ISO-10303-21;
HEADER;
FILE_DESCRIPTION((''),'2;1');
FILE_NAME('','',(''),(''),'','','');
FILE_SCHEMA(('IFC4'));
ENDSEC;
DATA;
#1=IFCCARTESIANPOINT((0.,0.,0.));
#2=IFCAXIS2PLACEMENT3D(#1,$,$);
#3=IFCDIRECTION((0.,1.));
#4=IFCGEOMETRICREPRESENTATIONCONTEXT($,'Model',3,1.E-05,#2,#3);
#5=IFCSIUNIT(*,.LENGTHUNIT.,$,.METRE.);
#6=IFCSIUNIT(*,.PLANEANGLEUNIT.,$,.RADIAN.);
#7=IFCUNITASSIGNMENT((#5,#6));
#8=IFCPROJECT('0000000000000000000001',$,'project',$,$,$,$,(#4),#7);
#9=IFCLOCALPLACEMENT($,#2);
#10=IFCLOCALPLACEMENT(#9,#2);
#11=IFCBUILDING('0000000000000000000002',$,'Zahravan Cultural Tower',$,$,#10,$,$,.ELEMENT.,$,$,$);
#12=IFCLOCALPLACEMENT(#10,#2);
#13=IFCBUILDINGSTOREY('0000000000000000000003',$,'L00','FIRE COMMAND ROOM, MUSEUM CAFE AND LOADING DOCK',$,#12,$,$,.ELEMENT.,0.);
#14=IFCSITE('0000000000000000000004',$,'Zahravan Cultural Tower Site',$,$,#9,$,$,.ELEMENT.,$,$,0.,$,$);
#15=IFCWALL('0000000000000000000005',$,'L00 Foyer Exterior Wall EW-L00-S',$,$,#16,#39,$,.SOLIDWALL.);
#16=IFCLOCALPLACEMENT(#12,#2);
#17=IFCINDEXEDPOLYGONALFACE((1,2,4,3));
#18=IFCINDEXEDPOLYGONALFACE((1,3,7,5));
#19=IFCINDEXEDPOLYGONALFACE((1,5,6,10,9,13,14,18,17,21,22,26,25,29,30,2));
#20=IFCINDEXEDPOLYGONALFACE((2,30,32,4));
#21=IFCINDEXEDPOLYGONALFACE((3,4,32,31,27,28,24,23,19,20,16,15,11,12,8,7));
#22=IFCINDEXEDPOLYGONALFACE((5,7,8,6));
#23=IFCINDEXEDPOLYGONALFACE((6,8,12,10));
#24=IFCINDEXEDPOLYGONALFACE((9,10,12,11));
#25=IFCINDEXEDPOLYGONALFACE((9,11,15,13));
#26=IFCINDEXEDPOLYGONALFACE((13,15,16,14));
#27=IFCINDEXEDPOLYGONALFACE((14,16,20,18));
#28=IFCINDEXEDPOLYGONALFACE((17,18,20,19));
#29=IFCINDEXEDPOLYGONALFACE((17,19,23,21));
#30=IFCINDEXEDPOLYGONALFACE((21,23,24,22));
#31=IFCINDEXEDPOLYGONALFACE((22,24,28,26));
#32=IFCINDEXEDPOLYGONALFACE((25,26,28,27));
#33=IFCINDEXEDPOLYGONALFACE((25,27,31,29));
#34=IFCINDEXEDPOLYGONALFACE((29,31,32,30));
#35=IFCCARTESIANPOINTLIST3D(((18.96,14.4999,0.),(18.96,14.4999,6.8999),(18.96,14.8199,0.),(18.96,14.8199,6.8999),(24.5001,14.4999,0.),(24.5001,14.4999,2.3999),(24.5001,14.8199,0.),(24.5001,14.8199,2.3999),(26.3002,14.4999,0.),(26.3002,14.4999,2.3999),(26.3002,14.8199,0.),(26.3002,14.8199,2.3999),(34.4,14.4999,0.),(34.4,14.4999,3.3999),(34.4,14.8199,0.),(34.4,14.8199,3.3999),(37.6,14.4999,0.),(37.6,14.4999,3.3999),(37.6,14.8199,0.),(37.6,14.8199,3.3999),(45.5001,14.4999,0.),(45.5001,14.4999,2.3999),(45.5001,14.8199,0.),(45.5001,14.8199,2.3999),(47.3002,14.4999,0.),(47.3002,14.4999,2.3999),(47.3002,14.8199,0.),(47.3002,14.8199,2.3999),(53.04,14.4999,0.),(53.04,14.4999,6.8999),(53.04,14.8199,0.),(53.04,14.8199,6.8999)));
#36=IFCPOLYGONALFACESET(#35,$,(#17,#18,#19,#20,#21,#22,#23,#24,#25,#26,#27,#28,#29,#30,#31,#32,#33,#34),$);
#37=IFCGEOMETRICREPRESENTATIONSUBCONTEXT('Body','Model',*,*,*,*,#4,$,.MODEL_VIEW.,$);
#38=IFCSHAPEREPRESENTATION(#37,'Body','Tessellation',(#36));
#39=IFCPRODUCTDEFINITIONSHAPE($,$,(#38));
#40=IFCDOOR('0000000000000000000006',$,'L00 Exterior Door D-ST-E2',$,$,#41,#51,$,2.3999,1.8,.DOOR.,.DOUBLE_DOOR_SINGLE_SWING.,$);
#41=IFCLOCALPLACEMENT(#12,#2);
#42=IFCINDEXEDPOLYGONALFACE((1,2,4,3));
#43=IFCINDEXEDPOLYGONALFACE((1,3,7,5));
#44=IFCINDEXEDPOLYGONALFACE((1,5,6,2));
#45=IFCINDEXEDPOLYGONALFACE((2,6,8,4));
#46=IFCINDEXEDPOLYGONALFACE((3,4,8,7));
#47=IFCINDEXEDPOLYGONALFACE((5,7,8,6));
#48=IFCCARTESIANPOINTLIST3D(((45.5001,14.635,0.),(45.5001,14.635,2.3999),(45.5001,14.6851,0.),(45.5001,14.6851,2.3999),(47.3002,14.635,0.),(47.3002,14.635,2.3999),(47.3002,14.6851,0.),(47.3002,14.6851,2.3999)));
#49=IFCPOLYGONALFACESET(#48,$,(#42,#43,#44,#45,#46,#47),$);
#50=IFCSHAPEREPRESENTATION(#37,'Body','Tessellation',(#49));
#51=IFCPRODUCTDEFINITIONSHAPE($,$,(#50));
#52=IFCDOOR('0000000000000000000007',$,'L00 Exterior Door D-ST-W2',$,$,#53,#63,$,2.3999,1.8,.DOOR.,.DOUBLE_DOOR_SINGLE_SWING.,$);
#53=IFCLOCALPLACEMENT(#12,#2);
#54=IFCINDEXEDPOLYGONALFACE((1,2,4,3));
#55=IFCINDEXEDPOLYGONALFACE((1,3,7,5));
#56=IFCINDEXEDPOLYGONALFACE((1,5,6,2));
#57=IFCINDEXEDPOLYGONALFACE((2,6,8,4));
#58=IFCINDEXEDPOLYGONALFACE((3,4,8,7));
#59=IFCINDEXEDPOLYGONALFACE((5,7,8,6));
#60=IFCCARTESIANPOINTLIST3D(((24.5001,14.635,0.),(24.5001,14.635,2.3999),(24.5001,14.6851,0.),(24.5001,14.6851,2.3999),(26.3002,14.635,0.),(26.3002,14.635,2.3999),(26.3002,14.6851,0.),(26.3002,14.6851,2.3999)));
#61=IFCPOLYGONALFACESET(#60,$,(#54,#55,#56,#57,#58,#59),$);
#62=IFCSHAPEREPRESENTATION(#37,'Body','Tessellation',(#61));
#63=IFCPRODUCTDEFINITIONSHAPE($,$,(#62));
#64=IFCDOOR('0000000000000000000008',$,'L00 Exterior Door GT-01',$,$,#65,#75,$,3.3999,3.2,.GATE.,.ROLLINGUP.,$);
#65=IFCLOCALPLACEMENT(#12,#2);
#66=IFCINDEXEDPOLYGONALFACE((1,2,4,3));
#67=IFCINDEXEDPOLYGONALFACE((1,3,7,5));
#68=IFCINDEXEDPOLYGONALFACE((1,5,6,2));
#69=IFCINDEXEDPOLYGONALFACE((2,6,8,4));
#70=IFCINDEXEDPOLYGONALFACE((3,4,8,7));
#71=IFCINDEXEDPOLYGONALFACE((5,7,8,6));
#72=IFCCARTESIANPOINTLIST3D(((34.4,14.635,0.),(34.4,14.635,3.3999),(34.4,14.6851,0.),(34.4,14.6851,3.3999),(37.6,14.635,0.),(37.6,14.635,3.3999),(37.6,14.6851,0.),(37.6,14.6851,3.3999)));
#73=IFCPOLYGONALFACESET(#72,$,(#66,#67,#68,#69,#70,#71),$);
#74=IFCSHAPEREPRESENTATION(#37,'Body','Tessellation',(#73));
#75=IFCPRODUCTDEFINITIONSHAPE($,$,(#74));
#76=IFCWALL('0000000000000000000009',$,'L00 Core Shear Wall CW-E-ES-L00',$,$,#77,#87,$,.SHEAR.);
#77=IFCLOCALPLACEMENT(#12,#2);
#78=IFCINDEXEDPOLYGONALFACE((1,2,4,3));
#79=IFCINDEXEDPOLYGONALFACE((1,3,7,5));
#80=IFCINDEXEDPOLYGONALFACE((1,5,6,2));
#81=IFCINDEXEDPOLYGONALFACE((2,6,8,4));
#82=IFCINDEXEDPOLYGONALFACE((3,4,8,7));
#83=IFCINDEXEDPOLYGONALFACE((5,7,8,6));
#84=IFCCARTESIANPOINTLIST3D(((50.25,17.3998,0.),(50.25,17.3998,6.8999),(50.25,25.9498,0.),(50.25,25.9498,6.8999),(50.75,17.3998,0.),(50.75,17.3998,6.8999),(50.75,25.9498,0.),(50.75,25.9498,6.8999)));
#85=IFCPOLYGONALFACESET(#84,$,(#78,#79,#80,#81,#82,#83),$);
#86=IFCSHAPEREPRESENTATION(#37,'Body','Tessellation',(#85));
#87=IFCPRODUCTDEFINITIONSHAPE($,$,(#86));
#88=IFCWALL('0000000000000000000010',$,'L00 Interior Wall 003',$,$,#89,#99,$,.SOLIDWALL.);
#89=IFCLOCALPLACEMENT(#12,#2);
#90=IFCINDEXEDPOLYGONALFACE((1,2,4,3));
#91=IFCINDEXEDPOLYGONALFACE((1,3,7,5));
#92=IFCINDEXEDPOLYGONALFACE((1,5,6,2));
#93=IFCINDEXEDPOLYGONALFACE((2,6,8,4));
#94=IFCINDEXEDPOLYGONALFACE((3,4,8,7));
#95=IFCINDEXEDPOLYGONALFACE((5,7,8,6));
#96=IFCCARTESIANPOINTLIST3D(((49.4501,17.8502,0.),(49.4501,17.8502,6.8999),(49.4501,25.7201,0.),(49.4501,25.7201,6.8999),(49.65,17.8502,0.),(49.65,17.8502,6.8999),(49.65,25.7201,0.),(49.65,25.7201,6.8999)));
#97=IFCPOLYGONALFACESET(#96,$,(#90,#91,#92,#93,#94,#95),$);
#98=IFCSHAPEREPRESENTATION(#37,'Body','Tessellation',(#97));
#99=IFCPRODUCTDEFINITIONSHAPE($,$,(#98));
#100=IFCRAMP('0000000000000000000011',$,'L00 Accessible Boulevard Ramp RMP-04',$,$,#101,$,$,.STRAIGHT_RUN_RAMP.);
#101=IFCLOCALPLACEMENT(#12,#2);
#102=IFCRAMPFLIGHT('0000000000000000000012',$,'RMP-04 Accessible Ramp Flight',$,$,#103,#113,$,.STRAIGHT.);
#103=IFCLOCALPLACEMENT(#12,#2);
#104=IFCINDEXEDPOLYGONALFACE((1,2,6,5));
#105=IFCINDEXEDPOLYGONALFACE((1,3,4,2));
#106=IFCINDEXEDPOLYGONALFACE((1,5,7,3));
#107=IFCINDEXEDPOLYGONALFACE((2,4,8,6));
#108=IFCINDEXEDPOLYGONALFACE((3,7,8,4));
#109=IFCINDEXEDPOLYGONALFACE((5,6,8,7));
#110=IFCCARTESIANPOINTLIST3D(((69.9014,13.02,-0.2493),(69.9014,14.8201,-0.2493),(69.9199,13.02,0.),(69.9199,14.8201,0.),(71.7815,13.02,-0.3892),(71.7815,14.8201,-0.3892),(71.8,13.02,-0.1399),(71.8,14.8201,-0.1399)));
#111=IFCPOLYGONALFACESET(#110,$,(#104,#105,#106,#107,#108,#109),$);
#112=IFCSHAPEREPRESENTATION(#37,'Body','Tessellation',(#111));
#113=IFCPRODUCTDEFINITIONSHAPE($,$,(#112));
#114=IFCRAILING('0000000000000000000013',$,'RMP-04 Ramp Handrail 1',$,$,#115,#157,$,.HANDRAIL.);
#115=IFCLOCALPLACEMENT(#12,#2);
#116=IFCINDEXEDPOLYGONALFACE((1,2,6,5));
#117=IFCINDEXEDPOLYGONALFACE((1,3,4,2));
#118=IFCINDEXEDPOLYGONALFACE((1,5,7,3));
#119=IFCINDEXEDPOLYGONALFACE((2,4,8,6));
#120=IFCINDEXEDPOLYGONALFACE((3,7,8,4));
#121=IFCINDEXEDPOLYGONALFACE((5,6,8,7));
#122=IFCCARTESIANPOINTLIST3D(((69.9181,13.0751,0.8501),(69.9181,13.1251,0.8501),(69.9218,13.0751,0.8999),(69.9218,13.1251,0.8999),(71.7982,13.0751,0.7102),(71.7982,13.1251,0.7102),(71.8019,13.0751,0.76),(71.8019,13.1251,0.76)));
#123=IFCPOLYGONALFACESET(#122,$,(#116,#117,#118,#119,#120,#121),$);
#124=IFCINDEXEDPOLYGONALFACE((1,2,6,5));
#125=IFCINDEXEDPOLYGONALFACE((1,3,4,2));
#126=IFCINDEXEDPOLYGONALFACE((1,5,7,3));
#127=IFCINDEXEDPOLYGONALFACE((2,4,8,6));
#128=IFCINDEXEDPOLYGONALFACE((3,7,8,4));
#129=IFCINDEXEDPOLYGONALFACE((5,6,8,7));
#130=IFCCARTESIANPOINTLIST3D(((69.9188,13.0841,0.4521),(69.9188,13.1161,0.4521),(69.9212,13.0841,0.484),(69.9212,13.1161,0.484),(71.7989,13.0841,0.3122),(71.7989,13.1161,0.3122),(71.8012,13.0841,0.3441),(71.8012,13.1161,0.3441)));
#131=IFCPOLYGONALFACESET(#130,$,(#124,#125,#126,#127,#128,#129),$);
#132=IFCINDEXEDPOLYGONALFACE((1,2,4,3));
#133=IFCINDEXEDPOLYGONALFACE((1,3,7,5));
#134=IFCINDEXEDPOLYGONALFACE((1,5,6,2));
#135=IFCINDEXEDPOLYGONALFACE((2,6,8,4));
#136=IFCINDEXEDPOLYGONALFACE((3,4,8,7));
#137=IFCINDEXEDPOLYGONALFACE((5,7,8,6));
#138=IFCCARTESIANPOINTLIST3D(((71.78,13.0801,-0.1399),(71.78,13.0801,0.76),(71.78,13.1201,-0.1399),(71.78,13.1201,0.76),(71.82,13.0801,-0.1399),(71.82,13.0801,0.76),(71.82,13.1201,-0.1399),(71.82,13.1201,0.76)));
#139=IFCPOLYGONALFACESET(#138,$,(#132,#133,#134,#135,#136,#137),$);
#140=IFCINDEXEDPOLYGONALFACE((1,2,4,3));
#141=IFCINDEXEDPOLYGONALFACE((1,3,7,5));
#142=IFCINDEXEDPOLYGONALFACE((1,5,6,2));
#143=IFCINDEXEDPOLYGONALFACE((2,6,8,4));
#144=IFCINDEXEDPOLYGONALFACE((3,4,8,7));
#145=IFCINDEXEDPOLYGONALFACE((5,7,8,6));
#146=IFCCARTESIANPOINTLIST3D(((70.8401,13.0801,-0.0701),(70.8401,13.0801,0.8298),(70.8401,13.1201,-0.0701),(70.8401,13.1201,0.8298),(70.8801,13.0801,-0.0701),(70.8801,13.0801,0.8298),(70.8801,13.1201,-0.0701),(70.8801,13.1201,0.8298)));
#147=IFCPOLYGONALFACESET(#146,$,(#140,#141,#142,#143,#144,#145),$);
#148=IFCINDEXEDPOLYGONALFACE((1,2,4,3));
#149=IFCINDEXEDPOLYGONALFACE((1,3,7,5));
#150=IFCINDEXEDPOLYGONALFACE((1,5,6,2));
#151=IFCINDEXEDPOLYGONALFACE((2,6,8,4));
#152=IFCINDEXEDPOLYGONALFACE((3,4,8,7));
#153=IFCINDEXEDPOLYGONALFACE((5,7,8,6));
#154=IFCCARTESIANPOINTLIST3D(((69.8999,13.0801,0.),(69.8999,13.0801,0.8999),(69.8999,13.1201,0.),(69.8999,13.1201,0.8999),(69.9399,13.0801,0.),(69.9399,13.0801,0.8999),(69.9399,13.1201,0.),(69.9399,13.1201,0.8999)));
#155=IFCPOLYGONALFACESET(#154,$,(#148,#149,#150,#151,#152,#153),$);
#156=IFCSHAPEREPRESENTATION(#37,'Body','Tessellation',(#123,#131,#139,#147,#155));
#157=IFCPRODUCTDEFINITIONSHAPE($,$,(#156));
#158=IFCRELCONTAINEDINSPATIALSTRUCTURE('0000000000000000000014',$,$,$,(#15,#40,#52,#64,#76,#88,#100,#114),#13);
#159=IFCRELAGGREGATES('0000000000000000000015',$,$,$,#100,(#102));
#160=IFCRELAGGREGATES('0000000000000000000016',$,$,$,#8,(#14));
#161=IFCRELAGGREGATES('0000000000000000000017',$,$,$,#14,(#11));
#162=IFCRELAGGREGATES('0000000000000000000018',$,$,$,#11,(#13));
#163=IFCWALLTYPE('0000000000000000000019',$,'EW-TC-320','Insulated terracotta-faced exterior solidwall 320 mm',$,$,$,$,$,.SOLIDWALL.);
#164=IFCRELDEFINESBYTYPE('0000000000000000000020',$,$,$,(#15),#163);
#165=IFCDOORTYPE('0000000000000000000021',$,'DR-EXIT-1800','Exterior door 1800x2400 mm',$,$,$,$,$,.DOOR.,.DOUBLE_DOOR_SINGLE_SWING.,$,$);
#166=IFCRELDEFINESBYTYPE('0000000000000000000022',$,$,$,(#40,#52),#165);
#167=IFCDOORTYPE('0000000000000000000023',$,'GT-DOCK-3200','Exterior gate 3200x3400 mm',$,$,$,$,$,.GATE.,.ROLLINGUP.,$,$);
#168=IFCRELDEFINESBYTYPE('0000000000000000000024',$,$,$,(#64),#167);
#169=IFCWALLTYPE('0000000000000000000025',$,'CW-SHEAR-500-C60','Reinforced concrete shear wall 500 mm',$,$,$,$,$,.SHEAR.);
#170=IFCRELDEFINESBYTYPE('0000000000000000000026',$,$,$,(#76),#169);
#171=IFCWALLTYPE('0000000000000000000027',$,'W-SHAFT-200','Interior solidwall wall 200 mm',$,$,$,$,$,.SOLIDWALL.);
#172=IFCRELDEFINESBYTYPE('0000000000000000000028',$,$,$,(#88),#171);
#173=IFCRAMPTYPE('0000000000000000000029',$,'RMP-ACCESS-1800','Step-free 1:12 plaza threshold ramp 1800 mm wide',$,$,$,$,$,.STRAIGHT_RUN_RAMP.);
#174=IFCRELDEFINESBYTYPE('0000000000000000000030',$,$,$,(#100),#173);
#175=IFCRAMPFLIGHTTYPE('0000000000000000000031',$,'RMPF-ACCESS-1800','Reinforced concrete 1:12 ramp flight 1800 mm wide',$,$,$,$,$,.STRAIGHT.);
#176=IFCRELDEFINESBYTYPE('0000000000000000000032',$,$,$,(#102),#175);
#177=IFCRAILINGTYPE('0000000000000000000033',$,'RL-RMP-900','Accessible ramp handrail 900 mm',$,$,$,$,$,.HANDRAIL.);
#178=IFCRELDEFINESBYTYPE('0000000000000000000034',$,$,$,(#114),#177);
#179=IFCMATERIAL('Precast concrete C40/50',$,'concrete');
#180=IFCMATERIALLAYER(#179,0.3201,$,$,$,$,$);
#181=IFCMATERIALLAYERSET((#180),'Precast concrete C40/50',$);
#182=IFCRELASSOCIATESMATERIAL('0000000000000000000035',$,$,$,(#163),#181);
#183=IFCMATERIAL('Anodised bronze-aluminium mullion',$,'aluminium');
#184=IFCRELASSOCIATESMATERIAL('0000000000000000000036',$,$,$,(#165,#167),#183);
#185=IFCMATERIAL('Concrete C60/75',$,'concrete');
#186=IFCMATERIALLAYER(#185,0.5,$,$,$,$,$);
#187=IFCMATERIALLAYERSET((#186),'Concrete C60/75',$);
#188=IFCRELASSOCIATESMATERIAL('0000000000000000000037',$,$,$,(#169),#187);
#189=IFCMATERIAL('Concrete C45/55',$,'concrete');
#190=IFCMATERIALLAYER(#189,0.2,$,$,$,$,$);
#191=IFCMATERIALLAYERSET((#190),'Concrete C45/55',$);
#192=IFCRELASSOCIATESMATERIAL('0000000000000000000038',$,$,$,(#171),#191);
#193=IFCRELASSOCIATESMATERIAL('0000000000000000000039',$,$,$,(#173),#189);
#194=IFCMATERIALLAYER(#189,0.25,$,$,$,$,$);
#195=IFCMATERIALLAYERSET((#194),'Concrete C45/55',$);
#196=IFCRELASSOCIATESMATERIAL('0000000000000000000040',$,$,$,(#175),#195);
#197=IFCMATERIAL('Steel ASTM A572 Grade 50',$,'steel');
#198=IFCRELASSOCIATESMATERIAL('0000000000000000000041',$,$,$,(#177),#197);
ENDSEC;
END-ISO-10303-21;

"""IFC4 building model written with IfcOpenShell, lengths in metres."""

from ifc_helpers import new_model, si_unit, direction, frame, frame_2d, origin, origin_2d, place, context, subcontext, project, spatial, polyline, rectangle, outline, extrude, source, transform, mapped, material, layer, layer_set, type_object, element, fill, aggregate, save


model = new_model("IFC4")

# Units and contexts
model_context = context("Model", 3, precision=1e-05, world=origin(), true_north=direction((0.0, 1.0)))
body_context = subcontext(model_context, "Body", "Model", "MODEL_VIEW")
ifc_project = project(units=[si_unit("LENGTHUNIT", "METRE"), si_unit("PLANEANGLEUNIT", "RADIAN")], contexts=[model_context])

# Site, building, storey
site_placement = place(None, origin())
site = spatial("IfcSite", under=ifc_project, at=site_placement, Name="Zahravan Cultural Tower Site", CompositionType="ELEMENT", RefElevation=0.0)
building_placement = place(site_placement, origin())
building = spatial("IfcBuilding", under=site, at=building_placement, Name="Zahravan Cultural Tower", CompositionType="ELEMENT")
storey_placement = place(building_placement, origin())
storey = spatial("IfcBuildingStorey", under=building, at=storey_placement, Name="L00", Description="FIRE COMMAND ROOM, MUSEUM CAFE AND LOADING DOCK", CompositionType="ELEMENT", Elevation=0.0)

# Shared definitions
ifc_material_1 = material(Name="Concrete C60/75", Category="concrete")
ifc_material_2 = material(Name="Steel ASTM A572 Grade 50", Category="steel")

# Wall, openings, doors
ifc_material_3 = material(Name="Precast concrete C40/50", Category="concrete")
ifc_layer_1 = layer(ifc_material_3, 0.3201)
ifc_layer_set_1 = layer_set([ifc_layer_1], Name="Precast concrete C40/50")
wall_type_1 = type_object("IfcWallType", Name="EW-TC-320", Description="Insulated terracotta-faced exterior solidwall 320 mm", PredefinedType="SOLIDWALL", material=ifc_layer_set_1)
wall_1_placement = place(storey_placement, frame((53.04, 14.6599, 0.0), z_axis=(0.0, 0.0, 1.0), x_axis=(-1.0, 0.0, 0.0)))
wall_1 = element("IfcWall", 1, at=wall_1_placement, inside=storey, type_object=wall_type_1, Name="L00 Foyer Exterior Wall EW-L00-S", PredefinedType="SOLIDWALL", context=body_context, shape_type="SweptSolid", body=[
    extrude(rectangle(XDim=34.0801, YDim=0.3201, at=frame_2d((17.04, 0.0))), origin(), (0.0, 0.0, 1.0), 6.8999),
])
opening_1_placement = place(wall_1_placement, frame((5.74, 0.0, 0.0)))
opening_1 = element("IfcOpeningElement", 2, at=opening_1_placement, cuts=wall_1, PredefinedType="OPENING", context=body_context, shape_type="SweptSolid", body=[
    extrude(rectangle(XDim=1.8, YDim=2.3999, at=frame_2d((0.8999, 1.2))), frame((0.0, 0.1699, 0.0), z_axis=(0.0, -1.0, 0.0), x_axis=(1.0, 0.0, 0.0)), (0.0, 0.0, 1.0), 0.3401),
])
opening_2_placement = place(wall_1_placement, frame((15.4399, 0.0, 0.0)))
opening_2 = element("IfcOpeningElement", 3, at=opening_2_placement, cuts=wall_1, PredefinedType="OPENING", context=body_context, shape_type="SweptSolid", body=[
    extrude(rectangle(XDim=3.2, YDim=3.3999, at=frame_2d((1.6001, 1.7))), frame((0.0, 0.1699, 0.0), z_axis=(0.0, -1.0, 0.0), x_axis=(1.0, 0.0, 0.0)), (0.0, 0.0, 1.0), 0.3401),
])
opening_3_placement = place(wall_1_placement, frame((26.74, 0.0, 0.0)))
opening_3 = element("IfcOpeningElement", 4, at=opening_3_placement, cuts=wall_1, PredefinedType="OPENING", context=body_context, shape_type="SweptSolid", body=[
    extrude(rectangle(XDim=1.8, YDim=2.3999, at=frame_2d((0.8999, 1.2))), frame((0.0, 0.1699, 0.0), z_axis=(0.0, -1.0, 0.0), x_axis=(1.0, 0.0, 0.0)), (0.0, 0.0, 1.0), 0.3401),
])
ifc_material_4 = material(Name="Anodised bronze-aluminium mullion", Category="aluminium")
door_type_1 = type_object("IfcDoorType", Name="DR-EXIT-1800", Description="Exterior door 1800x2400 mm", OperationType="DOUBLE_DOOR_SINGLE_SWING", PredefinedType="DOOR", material=ifc_material_4)
shared_shape_1 = source(origin(), body_context, "Body", "SweptSolid", [
    extrude(rectangle(XDim=1.8, YDim=2.3999, at=frame_2d((0.8999, 1.2))), frame((0.0, 0.0249, 0.0), z_axis=(0.0, -1.0, 0.0), x_axis=(1.0, 0.0, 0.0)), (0.0, 0.0, 1.0), 0.05),
])
door_1_placement = place(opening_1_placement, origin())
door_1 = element("IfcDoor", 5, at=door_1_placement, inside=storey, type_object=door_type_1, Name="L00 Exterior Door D-ST-E2", OperationType="DOUBLE_DOOR_SINGLE_SWING", OverallHeight=2.3999, OverallWidth=1.8, PredefinedType="DOOR", context=body_context, shape_type="MappedRepresentation", body=[
    mapped(shared_shape_1, transform((0.0, 0.0, 0.0), x_axis=(1.0, 0.0, 0.0), y_axis=(0.0, 1.0, 0.0), z_axis=(0.0, 0.0, 1.0), scale=1.0)),
])
fill(opening_1, door_1)
door_2_placement = place(opening_3_placement, origin())
door_2 = element("IfcDoor", 6, at=door_2_placement, inside=storey, type_object=door_type_1, Name="L00 Exterior Door D-ST-W2", OperationType="DOUBLE_DOOR_SINGLE_SWING", OverallHeight=2.3999, OverallWidth=1.8, PredefinedType="DOOR", context=body_context, shape_type="MappedRepresentation", body=[
    mapped(shared_shape_1, transform((0.0, 0.0, 0.0), x_axis=(1.0, 0.0, 0.0), y_axis=(0.0, 1.0, 0.0), z_axis=(0.0, 0.0, 1.0), scale=1.0)),
])
fill(opening_3, door_2)
door_type_2 = type_object("IfcDoorType", Name="GT-DOCK-3200", Description="Exterior gate 3200x3400 mm", OperationType="ROLLINGUP", PredefinedType="GATE", material=ifc_material_4)
shared_shape_2 = source(origin(), body_context, "Body", "SweptSolid", [
    extrude(rectangle(XDim=3.2, YDim=3.3999, at=frame_2d((1.6001, 1.7))), frame((0.0, 0.0249, 0.0), z_axis=(0.0, -1.0, 0.0), x_axis=(1.0, 0.0, 0.0)), (0.0, 0.0, 1.0), 0.05),
])
door_3_placement = place(opening_2_placement, origin())
door_3 = element("IfcDoor", 7, at=door_3_placement, inside=storey, type_object=door_type_2, Name="L00 Exterior Door GT-01", OperationType="ROLLINGUP", OverallHeight=3.3999, OverallWidth=3.2, PredefinedType="GATE", context=body_context, shape_type="MappedRepresentation", body=[
    mapped(shared_shape_2, transform((0.0, 0.0, 0.0), x_axis=(1.0, 0.0, 0.0), y_axis=(0.0, 1.0, 0.0), z_axis=(0.0, 0.0, 1.0), scale=1.0)),
])
fill(opening_2, door_3)

# Walls
ifc_layer_2 = layer(ifc_material_1, 0.5)
ifc_layer_set_2 = layer_set([ifc_layer_2], Name="Concrete C60/75")
wall_type_2 = type_object("IfcWallType", Name="CW-SHEAR-500-C60", Description="Reinforced concrete shear wall 500 mm", PredefinedType="SHEAR", material=ifc_layer_set_2)
shared_shape_3 = source(origin(), body_context, "Body", "SweptSolid", [
    extrude(rectangle(XDim=8.55, YDim=0.5, at=frame_2d((4.2749, 0.0))), origin(), (0.0, 0.0, 1.0), 6.8999),
])
wall_2_placement = place(storey_placement, frame((50.5, 17.3999, 0.0), z_axis=(0.0, 0.0, 1.0), x_axis=(0.0, 1.0, 0.0)))
element("IfcWall", 8, at=wall_2_placement, inside=storey, type_object=wall_type_2, Name="L00 Core Shear Wall CW-E-ES-L00", PredefinedType="SHEAR", context=body_context, shape_type="MappedRepresentation", body=[
    mapped(shared_shape_3, transform((0.0, 0.0, 0.0), x_axis=(1.0, 0.0, 0.0), y_axis=(0.0, 1.0, 0.0), z_axis=(0.0, 0.0, 1.0), scale=1.0)),
])
ifc_material_5 = material(Name="Concrete C45/55", Category="concrete")
ifc_layer_3 = layer(ifc_material_5, 0.2)
ifc_layer_set_3 = layer_set([ifc_layer_3], Name="Concrete C45/55")
wall_type_3 = type_object("IfcWallType", Name="W-SHAFT-200", Description="Interior solidwall wall 200 mm", PredefinedType="SOLIDWALL", material=ifc_layer_set_3)
shared_shape_4 = source(origin(), body_context, "Body", "SweptSolid", [
    extrude(rectangle(XDim=7.8699, YDim=0.2, at=frame_2d((3.9351, 0.0))), origin(), (0.0, 0.0, 1.0), 6.8999),
])
wall_3_placement = place(storey_placement, frame((49.55, 17.8501, 0.0), z_axis=(0.0, 0.0, 1.0), x_axis=(0.0, 1.0, 0.0)))
element("IfcWall", 9, at=wall_3_placement, inside=storey, type_object=wall_type_3, Name="L00 Interior Wall 003", PredefinedType="SOLIDWALL", context=body_context, shape_type="MappedRepresentation", body=[
    mapped(shared_shape_4, transform((0.0, 0.0, 0.0), x_axis=(1.0, 0.0, 0.0), y_axis=(0.0, 1.0, 0.0), z_axis=(0.0, 0.0, 1.0), scale=1.0)),
])

# Ramp, ramp flight
ramp_type = type_object("IfcRampType", Name="RMP-ACCESS-1800", Description="Step-free 1:12 plaza threshold ramp 1800 mm wide", PredefinedType="STRAIGHT_RUN_RAMP", material=ifc_material_5)
ramp_placement = place(storey_placement, origin())
ramp = element("IfcRamp", 10, at=ramp_placement, inside=storey, type_object=ramp_type, Name="L00 Accessible Boulevard Ramp RMP-04", PredefinedType="STRAIGHT_RUN_RAMP")
ifc_layer_4 = layer(ifc_material_5, 0.25)
ifc_layer_set_4 = layer_set([ifc_layer_4], Name="Concrete C45/55")
ramp_flight_type = type_object("IfcRampFlightType", Name="RMPF-ACCESS-1800", Description="Reinforced concrete 1:12 ramp flight 1800 mm wide", PredefinedType="STRAIGHT", material=ifc_layer_set_4)
ramp_flight_placement = place(storey_placement, frame((71.8, 14.8201, -0.1399), z_axis=(0.074201, 0.0, 0.997243), x_axis=(0.0, -1.0, 0.0)))
ramp_flight = element("IfcRampFlight", 11, at=ramp_flight_placement, type_object=ramp_flight_type, Name="RMP-04 Accessible Ramp Flight", PredefinedType="STRAIGHT", context=body_context, shape_type="SweptSolid", body=[
    extrude(outline(polyline([(0.0, 0.0), (1.8, 0.0), (1.8, -1.8853), (0.0, -1.8853), (0.0, 0.0)])), origin(), (0.0, 0.0, -1.0), 0.25),
])
aggregate(ramp, [ramp_flight])

# Railing
railing_type = type_object("IfcRailingType", Name="RL-RMP-900", Description="Accessible ramp handrail 900 mm", PredefinedType="HANDRAIL", material=ifc_material_2)
for number, where, name in (
    (12, (71.8, 13.1001, -0.1399), "RMP-04 Ramp Handrail 1"),
):
    element("IfcRailing", number, at=place(storey_placement, frame(where)), inside=storey, type_object=railing_type, Name=name, PredefinedType="HANDRAIL", context=body_context, shape_type="SweptSolid", body=[
        extrude(rectangle(XDim=0.05, YDim=0.05, at=origin_2d()), frame((0.0, 0.0, 0.875), z_axis=(-0.997243, 0.0, 0.074201), x_axis=(0.0, -1.0, 0.0)), (0.0, 0.0, 1.0), 1.8853),
        extrude(rectangle(XDim=0.032, YDim=0.032, at=origin_2d()), frame((0.0, 0.0, 0.468), z_axis=(-0.997243, 0.0, 0.074201), x_axis=(0.0, -1.0, 0.0)), (0.0, 0.0, 1.0), 1.8853),
        extrude(rectangle(XDim=0.04, YDim=0.04, at=origin_2d()), origin(), (0.0, 0.0, 1.0), 0.8999),
        extrude(rectangle(XDim=0.04, YDim=0.04, at=origin_2d()), frame((-0.9399, 0.0, 0.0698)), (0.0, 0.0, 1.0), 0.8999),
        extrude(rectangle(XDim=0.04, YDim=0.04, at=origin_2d()), frame((-1.8801, 0.0, 0.1399)), (0.0, 0.0, 1.0), 0.8999),
    ])

save(model, "model.ifc")
